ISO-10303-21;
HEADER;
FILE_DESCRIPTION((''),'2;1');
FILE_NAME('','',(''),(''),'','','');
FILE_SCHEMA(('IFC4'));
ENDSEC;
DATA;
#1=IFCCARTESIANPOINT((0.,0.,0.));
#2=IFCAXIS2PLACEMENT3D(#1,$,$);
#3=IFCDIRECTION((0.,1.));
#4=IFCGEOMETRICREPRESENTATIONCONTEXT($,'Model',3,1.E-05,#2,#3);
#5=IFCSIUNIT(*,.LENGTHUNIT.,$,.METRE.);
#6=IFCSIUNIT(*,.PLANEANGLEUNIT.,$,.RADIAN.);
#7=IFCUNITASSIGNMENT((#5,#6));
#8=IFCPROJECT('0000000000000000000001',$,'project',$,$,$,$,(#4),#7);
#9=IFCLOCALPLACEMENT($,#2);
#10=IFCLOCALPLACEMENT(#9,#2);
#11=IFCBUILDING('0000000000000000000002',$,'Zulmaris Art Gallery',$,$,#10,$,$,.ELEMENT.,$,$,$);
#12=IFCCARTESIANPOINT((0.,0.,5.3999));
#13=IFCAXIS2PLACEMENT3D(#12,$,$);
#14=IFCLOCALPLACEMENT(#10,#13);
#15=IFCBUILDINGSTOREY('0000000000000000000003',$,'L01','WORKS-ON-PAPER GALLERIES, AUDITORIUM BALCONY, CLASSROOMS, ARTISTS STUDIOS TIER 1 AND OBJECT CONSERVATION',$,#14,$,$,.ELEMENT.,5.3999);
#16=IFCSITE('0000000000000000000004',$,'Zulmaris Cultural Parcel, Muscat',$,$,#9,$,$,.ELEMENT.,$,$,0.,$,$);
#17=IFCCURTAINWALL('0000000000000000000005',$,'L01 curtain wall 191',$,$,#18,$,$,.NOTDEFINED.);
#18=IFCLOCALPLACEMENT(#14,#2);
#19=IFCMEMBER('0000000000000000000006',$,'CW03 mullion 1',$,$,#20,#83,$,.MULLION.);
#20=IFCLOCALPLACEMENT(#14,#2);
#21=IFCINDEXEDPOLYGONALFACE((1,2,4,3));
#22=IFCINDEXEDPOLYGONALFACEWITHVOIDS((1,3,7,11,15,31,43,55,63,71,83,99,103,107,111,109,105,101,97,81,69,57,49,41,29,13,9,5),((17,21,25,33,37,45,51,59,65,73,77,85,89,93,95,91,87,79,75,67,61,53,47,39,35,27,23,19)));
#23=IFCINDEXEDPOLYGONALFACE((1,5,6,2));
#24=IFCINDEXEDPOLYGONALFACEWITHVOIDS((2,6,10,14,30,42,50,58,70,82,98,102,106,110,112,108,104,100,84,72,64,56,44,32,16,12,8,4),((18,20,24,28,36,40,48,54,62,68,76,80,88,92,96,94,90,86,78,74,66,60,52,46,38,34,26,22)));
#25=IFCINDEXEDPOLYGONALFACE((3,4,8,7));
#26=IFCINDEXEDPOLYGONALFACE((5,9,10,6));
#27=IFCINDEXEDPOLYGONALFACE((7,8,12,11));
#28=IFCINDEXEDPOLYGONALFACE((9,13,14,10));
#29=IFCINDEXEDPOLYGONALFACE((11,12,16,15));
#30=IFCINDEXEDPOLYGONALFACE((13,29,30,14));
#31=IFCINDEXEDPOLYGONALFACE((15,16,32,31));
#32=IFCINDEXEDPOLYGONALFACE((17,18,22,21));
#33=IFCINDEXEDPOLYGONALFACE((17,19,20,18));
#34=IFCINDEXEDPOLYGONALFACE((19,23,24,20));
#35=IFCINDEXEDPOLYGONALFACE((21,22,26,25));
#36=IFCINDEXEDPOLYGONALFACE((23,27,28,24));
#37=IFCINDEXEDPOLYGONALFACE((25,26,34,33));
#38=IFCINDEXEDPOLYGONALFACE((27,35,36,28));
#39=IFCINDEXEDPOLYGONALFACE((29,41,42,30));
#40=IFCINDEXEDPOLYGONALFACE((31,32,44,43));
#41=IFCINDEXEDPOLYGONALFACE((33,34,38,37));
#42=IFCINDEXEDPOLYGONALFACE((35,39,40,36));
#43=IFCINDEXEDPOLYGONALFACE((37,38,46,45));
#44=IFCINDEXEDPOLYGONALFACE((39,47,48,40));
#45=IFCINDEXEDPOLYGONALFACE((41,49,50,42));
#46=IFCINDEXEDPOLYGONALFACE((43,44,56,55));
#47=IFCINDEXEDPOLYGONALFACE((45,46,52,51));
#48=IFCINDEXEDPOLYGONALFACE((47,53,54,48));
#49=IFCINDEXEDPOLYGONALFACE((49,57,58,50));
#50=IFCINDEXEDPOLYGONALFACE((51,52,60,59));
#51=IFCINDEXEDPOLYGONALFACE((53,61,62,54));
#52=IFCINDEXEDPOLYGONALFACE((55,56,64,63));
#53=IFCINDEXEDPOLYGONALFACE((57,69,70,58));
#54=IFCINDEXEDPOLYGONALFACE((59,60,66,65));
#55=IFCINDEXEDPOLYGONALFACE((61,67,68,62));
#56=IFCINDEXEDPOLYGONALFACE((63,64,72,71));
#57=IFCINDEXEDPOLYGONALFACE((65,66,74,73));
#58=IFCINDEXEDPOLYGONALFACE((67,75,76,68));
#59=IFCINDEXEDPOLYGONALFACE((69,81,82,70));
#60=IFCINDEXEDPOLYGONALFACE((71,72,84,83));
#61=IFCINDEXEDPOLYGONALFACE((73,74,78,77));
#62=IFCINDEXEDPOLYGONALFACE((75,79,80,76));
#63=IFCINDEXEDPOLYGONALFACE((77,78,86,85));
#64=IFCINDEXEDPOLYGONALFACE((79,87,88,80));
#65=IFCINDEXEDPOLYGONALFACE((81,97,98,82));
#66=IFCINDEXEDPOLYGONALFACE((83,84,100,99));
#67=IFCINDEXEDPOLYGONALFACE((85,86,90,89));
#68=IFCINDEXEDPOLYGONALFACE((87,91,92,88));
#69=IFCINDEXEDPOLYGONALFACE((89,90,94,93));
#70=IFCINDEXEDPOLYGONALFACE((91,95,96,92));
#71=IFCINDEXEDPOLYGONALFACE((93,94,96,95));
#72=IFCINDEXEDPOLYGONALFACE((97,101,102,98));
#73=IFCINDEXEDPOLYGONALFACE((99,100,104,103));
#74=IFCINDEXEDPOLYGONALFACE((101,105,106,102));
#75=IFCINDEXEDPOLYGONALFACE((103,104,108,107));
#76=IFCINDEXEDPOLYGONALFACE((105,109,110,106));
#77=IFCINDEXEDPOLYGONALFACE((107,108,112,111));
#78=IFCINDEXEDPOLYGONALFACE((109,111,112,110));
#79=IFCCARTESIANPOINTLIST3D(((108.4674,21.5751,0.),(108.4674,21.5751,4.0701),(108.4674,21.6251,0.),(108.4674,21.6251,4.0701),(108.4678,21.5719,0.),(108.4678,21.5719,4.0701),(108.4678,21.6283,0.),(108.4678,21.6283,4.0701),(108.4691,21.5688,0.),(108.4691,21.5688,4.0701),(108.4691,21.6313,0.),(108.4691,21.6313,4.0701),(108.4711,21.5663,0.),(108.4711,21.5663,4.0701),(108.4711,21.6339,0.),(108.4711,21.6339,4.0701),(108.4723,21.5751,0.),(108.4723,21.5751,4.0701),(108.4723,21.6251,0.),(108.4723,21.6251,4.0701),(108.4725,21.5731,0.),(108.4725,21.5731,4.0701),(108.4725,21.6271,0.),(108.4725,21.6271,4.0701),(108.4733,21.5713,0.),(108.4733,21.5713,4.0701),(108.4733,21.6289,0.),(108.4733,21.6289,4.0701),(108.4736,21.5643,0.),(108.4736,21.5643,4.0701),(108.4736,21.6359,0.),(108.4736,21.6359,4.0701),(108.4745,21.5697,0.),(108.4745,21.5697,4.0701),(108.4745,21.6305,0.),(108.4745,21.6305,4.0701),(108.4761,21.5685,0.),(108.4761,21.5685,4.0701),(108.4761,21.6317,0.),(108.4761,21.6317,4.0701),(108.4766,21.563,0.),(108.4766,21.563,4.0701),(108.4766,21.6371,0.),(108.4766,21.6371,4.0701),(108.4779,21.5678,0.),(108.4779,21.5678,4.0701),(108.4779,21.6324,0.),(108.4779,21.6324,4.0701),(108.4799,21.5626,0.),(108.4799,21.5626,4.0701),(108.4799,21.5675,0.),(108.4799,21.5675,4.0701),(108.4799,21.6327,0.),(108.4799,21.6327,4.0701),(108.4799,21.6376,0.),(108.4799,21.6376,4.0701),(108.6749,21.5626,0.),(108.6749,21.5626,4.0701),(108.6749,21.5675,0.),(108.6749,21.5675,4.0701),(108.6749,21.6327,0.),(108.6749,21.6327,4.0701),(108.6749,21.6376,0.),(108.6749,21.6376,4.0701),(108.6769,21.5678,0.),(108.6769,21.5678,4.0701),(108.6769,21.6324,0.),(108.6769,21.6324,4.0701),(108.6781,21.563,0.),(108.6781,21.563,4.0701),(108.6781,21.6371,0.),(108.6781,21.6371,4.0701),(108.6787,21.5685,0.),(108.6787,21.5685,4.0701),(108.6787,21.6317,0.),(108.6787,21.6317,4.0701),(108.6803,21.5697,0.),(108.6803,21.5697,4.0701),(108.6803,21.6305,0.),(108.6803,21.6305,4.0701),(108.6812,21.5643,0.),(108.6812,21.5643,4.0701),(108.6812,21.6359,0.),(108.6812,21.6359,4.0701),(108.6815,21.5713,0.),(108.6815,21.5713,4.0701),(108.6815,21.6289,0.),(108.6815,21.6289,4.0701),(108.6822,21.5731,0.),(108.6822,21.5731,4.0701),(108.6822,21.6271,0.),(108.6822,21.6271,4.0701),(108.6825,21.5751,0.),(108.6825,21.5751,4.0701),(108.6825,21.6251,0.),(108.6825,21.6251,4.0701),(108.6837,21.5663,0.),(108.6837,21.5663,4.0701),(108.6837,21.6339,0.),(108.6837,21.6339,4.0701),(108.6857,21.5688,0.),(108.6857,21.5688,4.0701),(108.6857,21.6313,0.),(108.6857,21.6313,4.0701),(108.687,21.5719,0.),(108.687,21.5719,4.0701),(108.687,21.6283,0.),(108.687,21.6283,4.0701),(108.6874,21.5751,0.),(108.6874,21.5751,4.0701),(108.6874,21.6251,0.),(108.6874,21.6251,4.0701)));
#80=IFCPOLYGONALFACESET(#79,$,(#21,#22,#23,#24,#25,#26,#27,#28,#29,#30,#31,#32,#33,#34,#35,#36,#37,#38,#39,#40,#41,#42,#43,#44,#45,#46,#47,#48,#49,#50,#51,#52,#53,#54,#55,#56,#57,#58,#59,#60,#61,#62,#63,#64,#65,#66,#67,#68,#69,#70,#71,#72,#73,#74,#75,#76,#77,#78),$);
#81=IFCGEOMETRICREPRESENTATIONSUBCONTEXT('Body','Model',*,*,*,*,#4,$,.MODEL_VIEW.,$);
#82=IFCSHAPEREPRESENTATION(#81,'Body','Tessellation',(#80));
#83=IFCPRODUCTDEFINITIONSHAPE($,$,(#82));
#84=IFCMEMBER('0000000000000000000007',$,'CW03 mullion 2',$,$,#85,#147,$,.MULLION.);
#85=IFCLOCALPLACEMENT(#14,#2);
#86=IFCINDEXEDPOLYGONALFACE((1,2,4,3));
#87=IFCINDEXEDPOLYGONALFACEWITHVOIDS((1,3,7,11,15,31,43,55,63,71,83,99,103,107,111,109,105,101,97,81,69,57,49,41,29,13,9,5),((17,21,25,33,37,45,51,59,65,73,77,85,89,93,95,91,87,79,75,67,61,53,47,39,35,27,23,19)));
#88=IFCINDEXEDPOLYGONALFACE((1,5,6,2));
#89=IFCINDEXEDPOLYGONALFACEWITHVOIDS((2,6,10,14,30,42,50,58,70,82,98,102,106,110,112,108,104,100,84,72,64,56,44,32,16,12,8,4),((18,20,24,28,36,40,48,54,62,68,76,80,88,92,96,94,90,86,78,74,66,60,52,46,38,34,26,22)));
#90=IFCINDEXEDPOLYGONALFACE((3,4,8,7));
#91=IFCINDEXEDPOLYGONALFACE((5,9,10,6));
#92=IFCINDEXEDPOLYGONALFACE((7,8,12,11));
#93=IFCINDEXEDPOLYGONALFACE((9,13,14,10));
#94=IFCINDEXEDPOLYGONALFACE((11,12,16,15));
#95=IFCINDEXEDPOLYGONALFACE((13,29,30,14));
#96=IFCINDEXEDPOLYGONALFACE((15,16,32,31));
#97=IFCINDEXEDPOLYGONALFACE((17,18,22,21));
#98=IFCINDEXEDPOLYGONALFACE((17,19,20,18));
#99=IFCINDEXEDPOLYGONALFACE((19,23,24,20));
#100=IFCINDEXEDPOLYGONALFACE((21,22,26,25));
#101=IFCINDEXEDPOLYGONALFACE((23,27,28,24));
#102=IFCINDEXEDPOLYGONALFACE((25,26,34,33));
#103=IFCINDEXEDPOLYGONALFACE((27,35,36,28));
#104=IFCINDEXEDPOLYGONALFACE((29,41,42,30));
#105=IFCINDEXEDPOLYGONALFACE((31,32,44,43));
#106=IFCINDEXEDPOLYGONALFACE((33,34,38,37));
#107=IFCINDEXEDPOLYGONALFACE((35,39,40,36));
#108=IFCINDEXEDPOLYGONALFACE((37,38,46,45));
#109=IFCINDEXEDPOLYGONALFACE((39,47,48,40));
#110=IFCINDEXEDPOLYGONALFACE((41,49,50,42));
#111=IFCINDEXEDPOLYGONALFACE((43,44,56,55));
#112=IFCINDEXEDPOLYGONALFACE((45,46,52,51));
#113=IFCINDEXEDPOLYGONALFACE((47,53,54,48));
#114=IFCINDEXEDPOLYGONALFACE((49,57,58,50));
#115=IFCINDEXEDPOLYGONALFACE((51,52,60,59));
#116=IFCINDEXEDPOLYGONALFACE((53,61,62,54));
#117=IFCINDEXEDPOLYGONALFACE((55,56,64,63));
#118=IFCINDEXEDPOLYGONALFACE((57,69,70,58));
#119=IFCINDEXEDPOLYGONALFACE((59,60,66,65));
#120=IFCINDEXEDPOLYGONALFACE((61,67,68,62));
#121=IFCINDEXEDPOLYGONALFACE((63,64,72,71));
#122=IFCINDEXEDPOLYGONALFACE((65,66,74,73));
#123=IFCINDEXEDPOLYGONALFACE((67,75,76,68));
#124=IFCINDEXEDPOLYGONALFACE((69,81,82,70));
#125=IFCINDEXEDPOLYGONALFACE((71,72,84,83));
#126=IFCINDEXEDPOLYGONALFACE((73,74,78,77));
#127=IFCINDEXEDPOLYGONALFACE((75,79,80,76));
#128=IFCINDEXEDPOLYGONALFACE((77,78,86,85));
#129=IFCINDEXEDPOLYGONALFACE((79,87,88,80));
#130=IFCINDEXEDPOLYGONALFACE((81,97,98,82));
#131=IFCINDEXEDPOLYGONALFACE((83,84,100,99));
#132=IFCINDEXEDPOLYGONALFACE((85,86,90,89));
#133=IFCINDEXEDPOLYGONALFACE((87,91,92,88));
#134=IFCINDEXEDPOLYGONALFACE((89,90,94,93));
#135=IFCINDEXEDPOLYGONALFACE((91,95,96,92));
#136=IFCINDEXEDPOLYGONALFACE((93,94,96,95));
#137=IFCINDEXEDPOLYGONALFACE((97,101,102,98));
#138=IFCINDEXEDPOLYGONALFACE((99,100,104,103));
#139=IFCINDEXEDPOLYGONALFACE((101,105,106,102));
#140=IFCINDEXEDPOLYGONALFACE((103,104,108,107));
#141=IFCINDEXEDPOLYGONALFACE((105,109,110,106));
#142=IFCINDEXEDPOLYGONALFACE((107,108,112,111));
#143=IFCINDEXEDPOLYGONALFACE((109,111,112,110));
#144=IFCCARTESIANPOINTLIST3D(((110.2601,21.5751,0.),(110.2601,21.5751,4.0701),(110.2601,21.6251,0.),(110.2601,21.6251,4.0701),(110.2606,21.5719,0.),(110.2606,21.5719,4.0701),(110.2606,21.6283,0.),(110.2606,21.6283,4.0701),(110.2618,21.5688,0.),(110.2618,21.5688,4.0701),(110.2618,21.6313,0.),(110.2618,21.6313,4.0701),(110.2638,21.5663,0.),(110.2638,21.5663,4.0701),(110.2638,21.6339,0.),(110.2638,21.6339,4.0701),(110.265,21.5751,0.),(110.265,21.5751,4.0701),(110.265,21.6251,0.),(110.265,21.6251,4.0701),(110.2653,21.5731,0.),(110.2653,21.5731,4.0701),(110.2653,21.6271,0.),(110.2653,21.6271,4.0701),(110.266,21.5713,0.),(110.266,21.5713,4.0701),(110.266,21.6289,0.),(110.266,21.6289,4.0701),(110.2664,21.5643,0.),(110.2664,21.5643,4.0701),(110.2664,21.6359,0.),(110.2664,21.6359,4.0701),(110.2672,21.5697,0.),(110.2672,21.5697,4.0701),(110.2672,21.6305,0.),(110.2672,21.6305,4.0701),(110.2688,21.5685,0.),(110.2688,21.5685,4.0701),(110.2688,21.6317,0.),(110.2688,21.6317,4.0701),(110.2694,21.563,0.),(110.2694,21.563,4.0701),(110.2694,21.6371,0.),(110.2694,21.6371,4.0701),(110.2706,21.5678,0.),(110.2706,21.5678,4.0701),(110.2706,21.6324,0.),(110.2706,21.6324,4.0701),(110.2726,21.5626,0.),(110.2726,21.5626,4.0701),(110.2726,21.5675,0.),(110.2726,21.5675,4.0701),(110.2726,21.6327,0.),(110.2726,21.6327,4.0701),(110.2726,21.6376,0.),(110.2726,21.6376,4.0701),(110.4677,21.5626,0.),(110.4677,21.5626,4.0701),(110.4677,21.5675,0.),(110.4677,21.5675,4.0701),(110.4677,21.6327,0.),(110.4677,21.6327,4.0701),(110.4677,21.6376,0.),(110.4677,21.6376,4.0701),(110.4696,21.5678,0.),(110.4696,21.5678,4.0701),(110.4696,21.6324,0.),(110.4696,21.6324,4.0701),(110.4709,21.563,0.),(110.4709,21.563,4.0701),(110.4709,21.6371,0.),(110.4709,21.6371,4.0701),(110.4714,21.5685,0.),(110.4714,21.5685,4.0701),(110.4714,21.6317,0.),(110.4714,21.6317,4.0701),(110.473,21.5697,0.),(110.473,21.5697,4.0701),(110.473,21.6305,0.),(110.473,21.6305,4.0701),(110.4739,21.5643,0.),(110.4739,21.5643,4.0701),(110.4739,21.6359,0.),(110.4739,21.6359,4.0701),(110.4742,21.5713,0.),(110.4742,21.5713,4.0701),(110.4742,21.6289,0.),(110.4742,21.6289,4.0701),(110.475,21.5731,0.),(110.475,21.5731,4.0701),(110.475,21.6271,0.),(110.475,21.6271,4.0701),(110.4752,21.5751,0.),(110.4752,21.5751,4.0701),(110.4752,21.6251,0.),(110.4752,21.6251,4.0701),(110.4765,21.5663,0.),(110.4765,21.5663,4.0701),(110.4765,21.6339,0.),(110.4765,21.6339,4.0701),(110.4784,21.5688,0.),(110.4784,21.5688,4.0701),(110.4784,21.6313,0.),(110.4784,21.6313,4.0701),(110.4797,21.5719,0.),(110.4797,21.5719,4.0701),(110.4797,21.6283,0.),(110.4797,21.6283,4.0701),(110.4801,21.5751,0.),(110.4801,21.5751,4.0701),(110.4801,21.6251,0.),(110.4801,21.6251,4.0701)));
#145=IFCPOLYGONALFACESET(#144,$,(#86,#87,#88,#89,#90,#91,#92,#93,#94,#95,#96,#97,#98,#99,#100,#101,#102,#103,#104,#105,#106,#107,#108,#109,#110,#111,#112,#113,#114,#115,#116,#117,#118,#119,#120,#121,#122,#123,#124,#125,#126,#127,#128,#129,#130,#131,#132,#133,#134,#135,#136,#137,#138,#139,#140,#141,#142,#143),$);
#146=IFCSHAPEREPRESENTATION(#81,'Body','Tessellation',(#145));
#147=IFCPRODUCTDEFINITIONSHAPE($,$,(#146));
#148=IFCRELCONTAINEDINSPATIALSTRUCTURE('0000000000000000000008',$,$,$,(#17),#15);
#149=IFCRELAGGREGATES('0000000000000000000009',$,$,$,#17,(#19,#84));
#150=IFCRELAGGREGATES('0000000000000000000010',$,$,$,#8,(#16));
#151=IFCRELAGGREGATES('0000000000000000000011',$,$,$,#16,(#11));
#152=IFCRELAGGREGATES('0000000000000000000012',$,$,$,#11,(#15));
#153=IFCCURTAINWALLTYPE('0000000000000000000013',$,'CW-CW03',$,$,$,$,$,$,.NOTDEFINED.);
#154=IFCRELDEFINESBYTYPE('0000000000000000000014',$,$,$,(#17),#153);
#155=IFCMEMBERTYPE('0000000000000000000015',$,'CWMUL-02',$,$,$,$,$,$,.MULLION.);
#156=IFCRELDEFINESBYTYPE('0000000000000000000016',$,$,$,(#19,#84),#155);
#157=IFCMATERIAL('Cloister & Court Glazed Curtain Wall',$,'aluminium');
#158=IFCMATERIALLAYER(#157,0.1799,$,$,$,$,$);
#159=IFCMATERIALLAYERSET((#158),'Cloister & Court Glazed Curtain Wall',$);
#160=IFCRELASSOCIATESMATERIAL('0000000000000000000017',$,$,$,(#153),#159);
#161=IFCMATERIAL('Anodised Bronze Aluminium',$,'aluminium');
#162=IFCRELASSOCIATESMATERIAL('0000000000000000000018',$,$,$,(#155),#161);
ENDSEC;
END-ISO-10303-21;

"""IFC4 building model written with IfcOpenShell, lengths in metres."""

from ifc_helpers import new_model, si_unit, direction, frame, origin, origin_2d, place, context, subcontext, project, spatial, hollow_rectangle, extrude, material, layer, layer_set, material_profile, profile_set, type_object, element, aggregate, save


model = new_model("IFC4")

# Units and contexts
model_context = context("Model", 3, precision=1e-05, world=origin(), true_north=direction((0.0, 1.0)))
body_context = subcontext(model_context, "Body", "Model", "MODEL_VIEW")
ifc_project = project(units=[si_unit("LENGTHUNIT", "METRE"), si_unit("PLANEANGLEUNIT", "RADIAN")], contexts=[model_context])

# Site, building, storey
site_placement = place(None, origin())
site = spatial("IfcSite", under=ifc_project, at=site_placement, Name="Zulmaris Cultural Parcel, Muscat", CompositionType="ELEMENT", RefElevation=0.0)
building_placement = place(site_placement, origin())
building = spatial("IfcBuilding", under=site, at=building_placement, Name="Zulmaris Art Gallery", CompositionType="ELEMENT")
storey_placement = place(building_placement, frame((0.0, 0.0, 5.3999)))
storey = spatial("IfcBuildingStorey", under=building, at=storey_placement, Name="L01", Description="WORKS-ON-PAPER GALLERIES, AUDITORIUM BALCONY, CLASSROOMS, ARTISTS STUDIOS TIER 1 AND OBJECT CONSERVATION", CompositionType="ELEMENT", Elevation=5.3999)

# Shared definitions
ifc_material_1 = material(Name="Cloister & Court Glazed Curtain Wall", Category="aluminium")
ifc_layer_1 = layer(ifc_material_1, 0.1799)
ifc_layer_set_1 = layer_set([ifc_layer_1], Name="Cloister & Court Glazed Curtain Wall")
curtain_wall_type = type_object("IfcCurtainWallType", Name="CW-CW03", PredefinedType="NOTDEFINED", material=ifc_layer_set_1)
ifc_material_2 = material(Name="Anodised Bronze Aluminium", Category="aluminium")
ifc_material_profile_1 = material_profile(ifc_material_2, hollow_rectangle(XDim=0.075, YDim=0.22, WallThickness=0.0049, InnerFilletRadius=0.0076, OuterFilletRadius=0.0125, at=origin_2d()), Name="ALU 75x220x5")
ifc_profile_set_1 = profile_set([ifc_material_profile_1], Name="Anodised Bronze Aluminium")
member_type_1 = type_object("IfcMemberType", Name="CWMUL-02", PredefinedType="MULLION", material=ifc_profile_set_1)

# Curtain wall, members
curtain_wall_1_placement = place(storey_placement, origin())
curtain_wall_1 = element("IfcCurtainWall", 1, at=curtain_wall_1_placement, inside=storey, type_object=curtain_wall_type, Name="L01 curtain wall 191", PredefinedType="NOTDEFINED")
member_1_placement = place(storey_placement, frame((108.5774, 21.6001, 0.0), z_axis=(0.0, 0.0, 1.0), x_axis=(0.0, 1.0, 0.0)))
member_1 = element("IfcMember", 2, at=member_1_placement, type_object=member_type_1, Name="CW03 mullion 1", PredefinedType="MULLION", context=body_context, shape_type="SweptSolid", body=[
    extrude(hollow_rectangle(XDim=0.075, YDim=0.22, WallThickness=0.0049, InnerFilletRadius=0.0076, OuterFilletRadius=0.0125, at=origin_2d()), origin(), (0.0, 0.0, 1.0), 4.0701),
])
member_2_placement = place(storey_placement, frame((110.3701, 21.6001, 0.0), z_axis=(0.0, 0.0, 1.0), x_axis=(0.0, 1.0, 0.0)))
member_2 = element("IfcMember", 3, at=member_2_placement, type_object=member_type_1, Name="CW03 mullion 2", PredefinedType="MULLION", context=body_context, shape_type="SweptSolid", body=[
    extrude(hollow_rectangle(XDim=0.075, YDim=0.22, WallThickness=0.0049, InnerFilletRadius=0.0076, OuterFilletRadius=0.0125, at=origin_2d()), origin(), (0.0, 0.0, 1.0), 4.0701),
])

aggregate(curtain_wall_1, [member_1, member_2])

save(model, "model.ifc")
